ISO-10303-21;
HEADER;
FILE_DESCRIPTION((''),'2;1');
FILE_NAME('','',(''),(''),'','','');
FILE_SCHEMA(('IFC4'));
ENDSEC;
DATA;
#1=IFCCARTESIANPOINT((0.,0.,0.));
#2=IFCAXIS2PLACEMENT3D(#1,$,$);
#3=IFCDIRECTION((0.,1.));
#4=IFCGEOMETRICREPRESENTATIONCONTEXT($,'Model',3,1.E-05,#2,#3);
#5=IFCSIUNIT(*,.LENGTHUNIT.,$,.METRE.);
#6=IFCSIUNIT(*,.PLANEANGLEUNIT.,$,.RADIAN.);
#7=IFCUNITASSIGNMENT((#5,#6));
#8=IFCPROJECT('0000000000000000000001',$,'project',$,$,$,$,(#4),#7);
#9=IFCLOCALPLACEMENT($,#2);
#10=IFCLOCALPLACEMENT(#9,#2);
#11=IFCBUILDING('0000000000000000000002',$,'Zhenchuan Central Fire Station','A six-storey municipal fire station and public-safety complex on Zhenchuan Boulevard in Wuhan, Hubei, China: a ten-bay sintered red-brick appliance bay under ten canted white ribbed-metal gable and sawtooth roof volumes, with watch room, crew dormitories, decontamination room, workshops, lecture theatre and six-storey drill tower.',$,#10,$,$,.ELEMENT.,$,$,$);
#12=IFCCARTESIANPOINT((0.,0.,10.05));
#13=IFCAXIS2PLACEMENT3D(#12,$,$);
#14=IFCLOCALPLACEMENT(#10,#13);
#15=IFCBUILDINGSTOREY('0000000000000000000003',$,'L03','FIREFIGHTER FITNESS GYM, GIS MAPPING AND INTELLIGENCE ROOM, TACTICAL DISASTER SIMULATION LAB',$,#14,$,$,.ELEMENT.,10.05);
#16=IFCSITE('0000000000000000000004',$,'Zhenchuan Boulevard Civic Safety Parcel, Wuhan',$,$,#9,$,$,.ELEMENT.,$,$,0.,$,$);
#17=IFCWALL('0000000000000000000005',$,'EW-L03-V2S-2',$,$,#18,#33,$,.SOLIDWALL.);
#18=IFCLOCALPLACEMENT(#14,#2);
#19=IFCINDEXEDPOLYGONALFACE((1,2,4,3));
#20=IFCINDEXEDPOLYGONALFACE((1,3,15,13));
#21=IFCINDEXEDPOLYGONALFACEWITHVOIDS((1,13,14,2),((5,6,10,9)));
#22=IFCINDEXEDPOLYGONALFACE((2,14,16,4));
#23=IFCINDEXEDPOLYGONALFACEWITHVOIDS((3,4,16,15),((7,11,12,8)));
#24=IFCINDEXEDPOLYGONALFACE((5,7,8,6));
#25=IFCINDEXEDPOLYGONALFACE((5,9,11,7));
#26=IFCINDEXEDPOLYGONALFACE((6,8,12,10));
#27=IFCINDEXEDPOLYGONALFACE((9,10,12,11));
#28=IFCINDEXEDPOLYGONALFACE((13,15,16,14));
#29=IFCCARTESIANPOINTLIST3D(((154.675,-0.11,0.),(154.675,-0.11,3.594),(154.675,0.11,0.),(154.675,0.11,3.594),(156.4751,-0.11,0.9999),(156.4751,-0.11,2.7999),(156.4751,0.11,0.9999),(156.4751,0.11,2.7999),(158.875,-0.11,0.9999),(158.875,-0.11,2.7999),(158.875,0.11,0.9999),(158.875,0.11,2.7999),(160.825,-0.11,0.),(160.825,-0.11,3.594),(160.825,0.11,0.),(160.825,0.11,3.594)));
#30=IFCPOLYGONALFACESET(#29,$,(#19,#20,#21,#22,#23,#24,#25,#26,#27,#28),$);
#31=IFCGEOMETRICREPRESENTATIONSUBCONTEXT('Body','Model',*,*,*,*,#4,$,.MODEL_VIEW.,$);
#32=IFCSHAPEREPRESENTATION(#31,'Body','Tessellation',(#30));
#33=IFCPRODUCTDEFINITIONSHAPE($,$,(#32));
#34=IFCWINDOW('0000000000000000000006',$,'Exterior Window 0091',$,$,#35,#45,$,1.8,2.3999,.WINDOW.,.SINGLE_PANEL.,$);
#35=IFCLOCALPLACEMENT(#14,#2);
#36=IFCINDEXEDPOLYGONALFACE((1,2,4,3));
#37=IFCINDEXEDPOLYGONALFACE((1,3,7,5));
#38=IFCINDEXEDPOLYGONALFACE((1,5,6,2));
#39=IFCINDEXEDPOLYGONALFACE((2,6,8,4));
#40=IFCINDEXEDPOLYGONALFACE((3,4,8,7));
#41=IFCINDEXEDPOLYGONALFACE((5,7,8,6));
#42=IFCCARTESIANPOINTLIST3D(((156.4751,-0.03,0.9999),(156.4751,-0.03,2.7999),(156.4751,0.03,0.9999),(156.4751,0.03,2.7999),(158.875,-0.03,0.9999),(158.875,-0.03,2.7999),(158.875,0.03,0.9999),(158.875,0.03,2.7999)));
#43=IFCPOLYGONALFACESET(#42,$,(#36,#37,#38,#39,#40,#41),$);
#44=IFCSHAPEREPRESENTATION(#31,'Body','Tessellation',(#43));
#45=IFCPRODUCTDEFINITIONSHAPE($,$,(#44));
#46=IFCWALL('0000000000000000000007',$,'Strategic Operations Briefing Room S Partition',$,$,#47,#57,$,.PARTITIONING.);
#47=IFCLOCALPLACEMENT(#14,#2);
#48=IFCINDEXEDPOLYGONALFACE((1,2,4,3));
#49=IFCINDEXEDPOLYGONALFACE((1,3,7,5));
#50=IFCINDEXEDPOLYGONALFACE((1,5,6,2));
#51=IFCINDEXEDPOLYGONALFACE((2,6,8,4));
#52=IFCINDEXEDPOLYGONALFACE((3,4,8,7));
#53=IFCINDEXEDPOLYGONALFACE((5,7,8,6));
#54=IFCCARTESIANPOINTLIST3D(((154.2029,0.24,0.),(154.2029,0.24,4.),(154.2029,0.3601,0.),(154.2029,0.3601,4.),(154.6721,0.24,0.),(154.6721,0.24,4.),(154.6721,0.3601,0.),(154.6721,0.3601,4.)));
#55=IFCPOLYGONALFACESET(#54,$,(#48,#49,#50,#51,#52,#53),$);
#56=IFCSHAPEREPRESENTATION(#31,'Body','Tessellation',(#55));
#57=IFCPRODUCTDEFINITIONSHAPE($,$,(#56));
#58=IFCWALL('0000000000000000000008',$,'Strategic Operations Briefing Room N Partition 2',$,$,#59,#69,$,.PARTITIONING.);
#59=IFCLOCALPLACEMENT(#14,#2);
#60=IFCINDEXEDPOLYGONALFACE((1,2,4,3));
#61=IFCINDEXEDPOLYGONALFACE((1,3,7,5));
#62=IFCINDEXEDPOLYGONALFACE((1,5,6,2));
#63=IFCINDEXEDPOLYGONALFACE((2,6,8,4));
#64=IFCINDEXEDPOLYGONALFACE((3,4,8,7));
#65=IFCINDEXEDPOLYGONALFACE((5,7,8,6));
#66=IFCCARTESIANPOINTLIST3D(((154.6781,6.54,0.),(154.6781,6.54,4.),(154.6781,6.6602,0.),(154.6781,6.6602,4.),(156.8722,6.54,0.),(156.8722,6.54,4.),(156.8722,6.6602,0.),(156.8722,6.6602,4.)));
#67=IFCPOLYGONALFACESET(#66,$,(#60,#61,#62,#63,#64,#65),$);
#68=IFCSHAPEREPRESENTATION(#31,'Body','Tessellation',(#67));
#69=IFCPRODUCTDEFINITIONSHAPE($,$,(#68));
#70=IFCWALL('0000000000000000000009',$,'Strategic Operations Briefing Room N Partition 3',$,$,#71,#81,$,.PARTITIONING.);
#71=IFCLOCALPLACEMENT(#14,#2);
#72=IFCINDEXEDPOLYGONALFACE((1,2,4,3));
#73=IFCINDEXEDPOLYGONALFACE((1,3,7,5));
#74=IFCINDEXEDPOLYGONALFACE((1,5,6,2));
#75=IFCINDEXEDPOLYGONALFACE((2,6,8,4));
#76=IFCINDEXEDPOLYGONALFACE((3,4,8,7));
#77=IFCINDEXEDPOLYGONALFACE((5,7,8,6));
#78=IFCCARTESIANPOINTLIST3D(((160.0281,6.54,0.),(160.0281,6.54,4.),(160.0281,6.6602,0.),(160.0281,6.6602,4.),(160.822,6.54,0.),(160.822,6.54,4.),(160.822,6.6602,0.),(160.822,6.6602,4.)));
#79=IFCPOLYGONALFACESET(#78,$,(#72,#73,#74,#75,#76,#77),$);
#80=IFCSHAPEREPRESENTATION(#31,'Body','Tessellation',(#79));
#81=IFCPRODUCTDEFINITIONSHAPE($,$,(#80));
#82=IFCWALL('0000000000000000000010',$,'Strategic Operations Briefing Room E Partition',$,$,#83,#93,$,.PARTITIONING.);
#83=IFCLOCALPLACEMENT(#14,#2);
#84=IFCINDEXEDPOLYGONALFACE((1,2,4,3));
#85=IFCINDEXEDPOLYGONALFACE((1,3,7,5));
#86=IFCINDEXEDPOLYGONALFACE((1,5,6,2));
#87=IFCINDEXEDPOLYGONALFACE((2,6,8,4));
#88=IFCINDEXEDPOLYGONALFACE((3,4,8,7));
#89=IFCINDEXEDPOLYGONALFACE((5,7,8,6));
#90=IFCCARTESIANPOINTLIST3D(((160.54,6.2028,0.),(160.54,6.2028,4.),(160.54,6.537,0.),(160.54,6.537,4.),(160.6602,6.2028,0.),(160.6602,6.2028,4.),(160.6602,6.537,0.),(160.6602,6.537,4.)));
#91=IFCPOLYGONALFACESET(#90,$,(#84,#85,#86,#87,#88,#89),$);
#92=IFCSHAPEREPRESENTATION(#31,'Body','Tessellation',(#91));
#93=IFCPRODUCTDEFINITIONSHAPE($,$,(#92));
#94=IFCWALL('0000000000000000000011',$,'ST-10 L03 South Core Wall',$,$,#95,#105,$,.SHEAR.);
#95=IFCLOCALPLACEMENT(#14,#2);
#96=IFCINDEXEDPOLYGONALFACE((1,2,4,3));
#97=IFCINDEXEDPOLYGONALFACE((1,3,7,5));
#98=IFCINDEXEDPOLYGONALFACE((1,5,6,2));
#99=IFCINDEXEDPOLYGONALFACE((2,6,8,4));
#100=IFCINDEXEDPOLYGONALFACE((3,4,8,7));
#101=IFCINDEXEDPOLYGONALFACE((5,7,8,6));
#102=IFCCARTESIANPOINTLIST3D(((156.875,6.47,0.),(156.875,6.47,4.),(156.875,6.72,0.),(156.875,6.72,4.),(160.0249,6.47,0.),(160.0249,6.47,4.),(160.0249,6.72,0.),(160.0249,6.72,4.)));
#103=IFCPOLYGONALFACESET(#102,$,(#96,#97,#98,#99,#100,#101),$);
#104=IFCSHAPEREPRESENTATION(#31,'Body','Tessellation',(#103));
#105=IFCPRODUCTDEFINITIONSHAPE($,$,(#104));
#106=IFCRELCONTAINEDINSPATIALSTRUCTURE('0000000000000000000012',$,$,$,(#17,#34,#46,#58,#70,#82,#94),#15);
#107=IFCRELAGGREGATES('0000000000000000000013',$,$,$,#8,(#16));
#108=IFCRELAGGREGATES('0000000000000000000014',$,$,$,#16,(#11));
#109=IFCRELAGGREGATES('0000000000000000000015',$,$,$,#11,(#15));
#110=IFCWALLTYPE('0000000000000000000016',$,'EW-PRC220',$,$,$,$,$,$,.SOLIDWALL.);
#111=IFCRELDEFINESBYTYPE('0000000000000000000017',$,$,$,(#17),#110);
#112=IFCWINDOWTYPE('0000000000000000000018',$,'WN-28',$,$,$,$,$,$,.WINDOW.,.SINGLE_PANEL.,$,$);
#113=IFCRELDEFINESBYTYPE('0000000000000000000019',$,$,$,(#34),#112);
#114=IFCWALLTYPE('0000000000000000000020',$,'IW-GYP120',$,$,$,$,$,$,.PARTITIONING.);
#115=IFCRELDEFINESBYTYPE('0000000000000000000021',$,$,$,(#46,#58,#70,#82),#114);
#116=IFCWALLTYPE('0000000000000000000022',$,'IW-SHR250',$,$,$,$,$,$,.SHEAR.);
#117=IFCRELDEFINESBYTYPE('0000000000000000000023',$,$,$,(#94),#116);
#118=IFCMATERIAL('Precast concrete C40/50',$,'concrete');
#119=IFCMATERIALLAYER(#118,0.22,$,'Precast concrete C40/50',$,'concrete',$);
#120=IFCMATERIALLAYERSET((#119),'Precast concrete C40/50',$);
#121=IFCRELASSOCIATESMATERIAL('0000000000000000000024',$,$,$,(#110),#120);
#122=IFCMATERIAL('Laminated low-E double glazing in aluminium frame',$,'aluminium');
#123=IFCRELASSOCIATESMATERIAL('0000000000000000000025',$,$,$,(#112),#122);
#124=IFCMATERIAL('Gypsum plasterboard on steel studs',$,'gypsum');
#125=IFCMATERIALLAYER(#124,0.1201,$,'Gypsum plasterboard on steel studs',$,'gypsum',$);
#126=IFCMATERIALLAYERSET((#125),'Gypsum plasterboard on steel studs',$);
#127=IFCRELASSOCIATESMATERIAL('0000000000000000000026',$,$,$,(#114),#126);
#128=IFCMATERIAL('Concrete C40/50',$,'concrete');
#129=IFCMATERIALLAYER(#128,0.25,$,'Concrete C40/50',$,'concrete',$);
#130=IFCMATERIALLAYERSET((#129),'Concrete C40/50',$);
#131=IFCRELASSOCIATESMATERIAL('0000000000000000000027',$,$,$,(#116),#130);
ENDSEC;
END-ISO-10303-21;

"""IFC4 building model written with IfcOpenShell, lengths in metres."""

from ifc_helpers import new_model, si_unit, direction, frame, frame_2d, origin, place, context, subcontext, project, spatial, rectangle, extrude, material, layer, layer_set, type_object, element, fill, save


model = new_model("IFC4")

# Units and contexts
model_context = context("Model", 3, precision=1e-05, world=origin(), true_north=direction((0.0, 1.0)))
body_context = subcontext(model_context, "Body", "Model", "MODEL_VIEW")
ifc_project = project(units=[si_unit("LENGTHUNIT", "METRE"), si_unit("PLANEANGLEUNIT", "RADIAN")], contexts=[model_context])

# Site, building, storey
site_placement = place(None, origin())
site = spatial("IfcSite", under=ifc_project, at=site_placement, Name="Zhenchuan Boulevard Civic Safety Parcel, Wuhan", CompositionType="ELEMENT", RefElevation=0.0)
building_placement = place(site_placement, origin())
building = spatial("IfcBuilding", under=site, at=building_placement, Name="Zhenchuan Central Fire Station", Description="A six-storey municipal fire station and public-safety complex on Zhenchuan Boulevard in Wuhan, Hubei, China: a ten-bay sintered red-brick appliance bay under ten canted white ribbed-metal gable and sawtooth roof volumes, with watch room, crew dormitories, decontamination room, workshops, lecture theatre and six-storey drill tower.", CompositionType="ELEMENT")
storey_placement = place(building_placement, frame((0.0, 0.0, 10.05)))
storey = spatial("IfcBuildingStorey", under=building, at=storey_placement, Name="L03", Description="FIREFIGHTER FITNESS GYM, GIS MAPPING AND INTELLIGENCE ROOM, TACTICAL DISASTER SIMULATION LAB", CompositionType="ELEMENT", Elevation=10.05)

# Wall, opening, window
ifc_material_1 = material(Name="Precast concrete C40/50", Category="concrete")
ifc_layer_1 = layer(ifc_material_1, 0.22, Name="Precast concrete C40/50", Category="concrete")
ifc_layer_set_1 = layer_set([ifc_layer_1], Name="Precast concrete C40/50")
wall_type_1 = type_object("IfcWallType", Name="EW-PRC220", PredefinedType="SOLIDWALL", material=ifc_layer_set_1)
wall_1_placement = place(storey_placement, frame((154.675, 0.0, 0.0), z_axis=(0.0, 0.0, 1.0), x_axis=(1.0, 0.0, 0.0)))
wall_1 = element("IfcWall", 1, at=wall_1_placement, inside=storey, type_object=wall_type_1, Name="EW-L03-V2S-2", PredefinedType="SOLIDWALL", context=body_context, shape_type="SweptSolid", body=[
    extrude(rectangle(XDim=6.1499, YDim=0.22, at=frame_2d((3.075, 0.0))), origin(), (0.0, 0.0, 1.0), 3.594),
])
opening_placement = place(wall_1_placement, frame((1.8, 0.0, 1.0)))
opening = element("IfcOpeningElement", 2, at=opening_placement, cuts=wall_1, PredefinedType="OPENING", context=body_context, shape_type="SweptSolid", body=[
    extrude(rectangle(XDim=2.3999, YDim=1.8, at=frame_2d((1.2, 0.8999))), frame((0.0, 0.1199, 0.0), z_axis=(0.0, -1.0, 0.0), x_axis=(1.0, 0.0, 0.0)), (0.0, 0.0, 1.0), 0.24),
])
ifc_material_2 = material(Name="Laminated low-E double glazing in aluminium frame", Category="aluminium")
window_type = type_object("IfcWindowType", Name="WN-28", PartitioningType="SINGLE_PANEL", PredefinedType="WINDOW", material=ifc_material_2)
window_placement = place(opening_placement, origin())
window = element("IfcWindow", 3, at=window_placement, inside=storey, type_object=window_type, Name="Exterior Window 0091", OverallHeight=1.8, OverallWidth=2.3999, PartitioningType="SINGLE_PANEL", PredefinedType="WINDOW", context=body_context, shape_type="SweptSolid", body=[
    extrude(rectangle(XDim=2.3999, YDim=1.8, at=frame_2d((1.2, 0.8999))), frame((0.0, 0.03, 0.0), z_axis=(0.0, -1.0, 0.0), x_axis=(1.0, 0.0, 0.0)), (0.0, 0.0, 1.0), 0.0601),
])
fill(opening, window)

# Walls
ifc_material_3 = material(Name="Gypsum plasterboard on steel studs", Category="gypsum")
ifc_layer_2 = layer(ifc_material_3, 0.1201, Name="Gypsum plasterboard on steel studs", Category="gypsum")
ifc_layer_set_2 = layer_set([ifc_layer_2], Name="Gypsum plasterboard on steel studs")
wall_type_2 = type_object("IfcWallType", Name="IW-GYP120", PredefinedType="PARTITIONING", material=ifc_layer_set_2)
wall_2_placement = place(storey_placement, frame((154.2029, 0.3, 0.0), z_axis=(0.0, 0.0, 1.0), x_axis=(1.0, 0.0, 0.0)))
element("IfcWall", 4, at=wall_2_placement, inside=storey, type_object=wall_type_2, Name="Strategic Operations Briefing Room S Partition", PredefinedType="PARTITIONING", context=body_context, shape_type="SweptSolid", body=[
    extrude(rectangle(XDim=0.4692, YDim=0.1201, at=frame_2d((0.2346, 0.0))), origin(), (0.0, 0.0, 1.0), 4.0),
])
wall_3_placement = place(storey_placement, frame((154.678, 6.6001, 0.0), z_axis=(0.0, 0.0, 1.0), x_axis=(1.0, 0.0, 0.0)))
element("IfcWall", 5, at=wall_3_placement, inside=storey, type_object=wall_type_2, Name="Strategic Operations Briefing Room N Partition 2", PredefinedType="PARTITIONING", context=body_context, shape_type="SweptSolid", body=[
    extrude(rectangle(XDim=2.1941, YDim=0.1201, at=frame_2d((1.0972, 0.0))), origin(), (0.0, 0.0, 1.0), 4.0),
])
wall_4_placement = place(storey_placement, frame((160.0281, 6.6001, 0.0), z_axis=(0.0, 0.0, 1.0), x_axis=(1.0, 0.0, 0.0)))
element("IfcWall", 6, at=wall_4_placement, inside=storey, type_object=wall_type_2, Name="Strategic Operations Briefing Room N Partition 3", PredefinedType="PARTITIONING", context=body_context, shape_type="SweptSolid", body=[
    extrude(rectangle(XDim=0.7939, YDim=0.1201, at=frame_2d((0.397, 0.0))), origin(), (0.0, 0.0, 1.0), 4.0),
])
wall_5_placement = place(storey_placement, frame((160.6001, 6.2029, 0.0), z_axis=(0.0, 0.0, 1.0), x_axis=(0.0, 1.0, 0.0)))
element("IfcWall", 7, at=wall_5_placement, inside=storey, type_object=wall_type_2, Name="Strategic Operations Briefing Room E Partition", PredefinedType="PARTITIONING", context=body_context, shape_type="SweptSolid", body=[
    extrude(rectangle(XDim=0.3342, YDim=0.1201, at=frame_2d((0.167, 0.0))), origin(), (0.0, 0.0, 1.0), 4.0),
])
ifc_material_4 = material(Name="Concrete C40/50", Category="concrete")
ifc_layer_3 = layer(ifc_material_4, 0.25, Name="Concrete C40/50", Category="concrete")
ifc_layer_set_3 = layer_set([ifc_layer_3], Name="Concrete C40/50")
wall_type_3 = type_object("IfcWallType", Name="IW-SHR250", PredefinedType="SHEAR", material=ifc_layer_set_3)
wall_6_placement = place(storey_placement, frame((156.875, 6.595, 0.0), z_axis=(0.0, 0.0, 1.0), x_axis=(1.0, 0.0, 0.0)))
element("IfcWall", 8, at=wall_6_placement, inside=storey, type_object=wall_type_3, Name="ST-10 L03 South Core Wall", PredefinedType="SHEAR", context=body_context, shape_type="SweptSolid", body=[
    extrude(rectangle(XDim=3.1499, YDim=0.25, at=frame_2d((1.575, 0.0))), origin(), (0.0, 0.0, 1.0), 4.0),
])

save(model, "model.ifc")
